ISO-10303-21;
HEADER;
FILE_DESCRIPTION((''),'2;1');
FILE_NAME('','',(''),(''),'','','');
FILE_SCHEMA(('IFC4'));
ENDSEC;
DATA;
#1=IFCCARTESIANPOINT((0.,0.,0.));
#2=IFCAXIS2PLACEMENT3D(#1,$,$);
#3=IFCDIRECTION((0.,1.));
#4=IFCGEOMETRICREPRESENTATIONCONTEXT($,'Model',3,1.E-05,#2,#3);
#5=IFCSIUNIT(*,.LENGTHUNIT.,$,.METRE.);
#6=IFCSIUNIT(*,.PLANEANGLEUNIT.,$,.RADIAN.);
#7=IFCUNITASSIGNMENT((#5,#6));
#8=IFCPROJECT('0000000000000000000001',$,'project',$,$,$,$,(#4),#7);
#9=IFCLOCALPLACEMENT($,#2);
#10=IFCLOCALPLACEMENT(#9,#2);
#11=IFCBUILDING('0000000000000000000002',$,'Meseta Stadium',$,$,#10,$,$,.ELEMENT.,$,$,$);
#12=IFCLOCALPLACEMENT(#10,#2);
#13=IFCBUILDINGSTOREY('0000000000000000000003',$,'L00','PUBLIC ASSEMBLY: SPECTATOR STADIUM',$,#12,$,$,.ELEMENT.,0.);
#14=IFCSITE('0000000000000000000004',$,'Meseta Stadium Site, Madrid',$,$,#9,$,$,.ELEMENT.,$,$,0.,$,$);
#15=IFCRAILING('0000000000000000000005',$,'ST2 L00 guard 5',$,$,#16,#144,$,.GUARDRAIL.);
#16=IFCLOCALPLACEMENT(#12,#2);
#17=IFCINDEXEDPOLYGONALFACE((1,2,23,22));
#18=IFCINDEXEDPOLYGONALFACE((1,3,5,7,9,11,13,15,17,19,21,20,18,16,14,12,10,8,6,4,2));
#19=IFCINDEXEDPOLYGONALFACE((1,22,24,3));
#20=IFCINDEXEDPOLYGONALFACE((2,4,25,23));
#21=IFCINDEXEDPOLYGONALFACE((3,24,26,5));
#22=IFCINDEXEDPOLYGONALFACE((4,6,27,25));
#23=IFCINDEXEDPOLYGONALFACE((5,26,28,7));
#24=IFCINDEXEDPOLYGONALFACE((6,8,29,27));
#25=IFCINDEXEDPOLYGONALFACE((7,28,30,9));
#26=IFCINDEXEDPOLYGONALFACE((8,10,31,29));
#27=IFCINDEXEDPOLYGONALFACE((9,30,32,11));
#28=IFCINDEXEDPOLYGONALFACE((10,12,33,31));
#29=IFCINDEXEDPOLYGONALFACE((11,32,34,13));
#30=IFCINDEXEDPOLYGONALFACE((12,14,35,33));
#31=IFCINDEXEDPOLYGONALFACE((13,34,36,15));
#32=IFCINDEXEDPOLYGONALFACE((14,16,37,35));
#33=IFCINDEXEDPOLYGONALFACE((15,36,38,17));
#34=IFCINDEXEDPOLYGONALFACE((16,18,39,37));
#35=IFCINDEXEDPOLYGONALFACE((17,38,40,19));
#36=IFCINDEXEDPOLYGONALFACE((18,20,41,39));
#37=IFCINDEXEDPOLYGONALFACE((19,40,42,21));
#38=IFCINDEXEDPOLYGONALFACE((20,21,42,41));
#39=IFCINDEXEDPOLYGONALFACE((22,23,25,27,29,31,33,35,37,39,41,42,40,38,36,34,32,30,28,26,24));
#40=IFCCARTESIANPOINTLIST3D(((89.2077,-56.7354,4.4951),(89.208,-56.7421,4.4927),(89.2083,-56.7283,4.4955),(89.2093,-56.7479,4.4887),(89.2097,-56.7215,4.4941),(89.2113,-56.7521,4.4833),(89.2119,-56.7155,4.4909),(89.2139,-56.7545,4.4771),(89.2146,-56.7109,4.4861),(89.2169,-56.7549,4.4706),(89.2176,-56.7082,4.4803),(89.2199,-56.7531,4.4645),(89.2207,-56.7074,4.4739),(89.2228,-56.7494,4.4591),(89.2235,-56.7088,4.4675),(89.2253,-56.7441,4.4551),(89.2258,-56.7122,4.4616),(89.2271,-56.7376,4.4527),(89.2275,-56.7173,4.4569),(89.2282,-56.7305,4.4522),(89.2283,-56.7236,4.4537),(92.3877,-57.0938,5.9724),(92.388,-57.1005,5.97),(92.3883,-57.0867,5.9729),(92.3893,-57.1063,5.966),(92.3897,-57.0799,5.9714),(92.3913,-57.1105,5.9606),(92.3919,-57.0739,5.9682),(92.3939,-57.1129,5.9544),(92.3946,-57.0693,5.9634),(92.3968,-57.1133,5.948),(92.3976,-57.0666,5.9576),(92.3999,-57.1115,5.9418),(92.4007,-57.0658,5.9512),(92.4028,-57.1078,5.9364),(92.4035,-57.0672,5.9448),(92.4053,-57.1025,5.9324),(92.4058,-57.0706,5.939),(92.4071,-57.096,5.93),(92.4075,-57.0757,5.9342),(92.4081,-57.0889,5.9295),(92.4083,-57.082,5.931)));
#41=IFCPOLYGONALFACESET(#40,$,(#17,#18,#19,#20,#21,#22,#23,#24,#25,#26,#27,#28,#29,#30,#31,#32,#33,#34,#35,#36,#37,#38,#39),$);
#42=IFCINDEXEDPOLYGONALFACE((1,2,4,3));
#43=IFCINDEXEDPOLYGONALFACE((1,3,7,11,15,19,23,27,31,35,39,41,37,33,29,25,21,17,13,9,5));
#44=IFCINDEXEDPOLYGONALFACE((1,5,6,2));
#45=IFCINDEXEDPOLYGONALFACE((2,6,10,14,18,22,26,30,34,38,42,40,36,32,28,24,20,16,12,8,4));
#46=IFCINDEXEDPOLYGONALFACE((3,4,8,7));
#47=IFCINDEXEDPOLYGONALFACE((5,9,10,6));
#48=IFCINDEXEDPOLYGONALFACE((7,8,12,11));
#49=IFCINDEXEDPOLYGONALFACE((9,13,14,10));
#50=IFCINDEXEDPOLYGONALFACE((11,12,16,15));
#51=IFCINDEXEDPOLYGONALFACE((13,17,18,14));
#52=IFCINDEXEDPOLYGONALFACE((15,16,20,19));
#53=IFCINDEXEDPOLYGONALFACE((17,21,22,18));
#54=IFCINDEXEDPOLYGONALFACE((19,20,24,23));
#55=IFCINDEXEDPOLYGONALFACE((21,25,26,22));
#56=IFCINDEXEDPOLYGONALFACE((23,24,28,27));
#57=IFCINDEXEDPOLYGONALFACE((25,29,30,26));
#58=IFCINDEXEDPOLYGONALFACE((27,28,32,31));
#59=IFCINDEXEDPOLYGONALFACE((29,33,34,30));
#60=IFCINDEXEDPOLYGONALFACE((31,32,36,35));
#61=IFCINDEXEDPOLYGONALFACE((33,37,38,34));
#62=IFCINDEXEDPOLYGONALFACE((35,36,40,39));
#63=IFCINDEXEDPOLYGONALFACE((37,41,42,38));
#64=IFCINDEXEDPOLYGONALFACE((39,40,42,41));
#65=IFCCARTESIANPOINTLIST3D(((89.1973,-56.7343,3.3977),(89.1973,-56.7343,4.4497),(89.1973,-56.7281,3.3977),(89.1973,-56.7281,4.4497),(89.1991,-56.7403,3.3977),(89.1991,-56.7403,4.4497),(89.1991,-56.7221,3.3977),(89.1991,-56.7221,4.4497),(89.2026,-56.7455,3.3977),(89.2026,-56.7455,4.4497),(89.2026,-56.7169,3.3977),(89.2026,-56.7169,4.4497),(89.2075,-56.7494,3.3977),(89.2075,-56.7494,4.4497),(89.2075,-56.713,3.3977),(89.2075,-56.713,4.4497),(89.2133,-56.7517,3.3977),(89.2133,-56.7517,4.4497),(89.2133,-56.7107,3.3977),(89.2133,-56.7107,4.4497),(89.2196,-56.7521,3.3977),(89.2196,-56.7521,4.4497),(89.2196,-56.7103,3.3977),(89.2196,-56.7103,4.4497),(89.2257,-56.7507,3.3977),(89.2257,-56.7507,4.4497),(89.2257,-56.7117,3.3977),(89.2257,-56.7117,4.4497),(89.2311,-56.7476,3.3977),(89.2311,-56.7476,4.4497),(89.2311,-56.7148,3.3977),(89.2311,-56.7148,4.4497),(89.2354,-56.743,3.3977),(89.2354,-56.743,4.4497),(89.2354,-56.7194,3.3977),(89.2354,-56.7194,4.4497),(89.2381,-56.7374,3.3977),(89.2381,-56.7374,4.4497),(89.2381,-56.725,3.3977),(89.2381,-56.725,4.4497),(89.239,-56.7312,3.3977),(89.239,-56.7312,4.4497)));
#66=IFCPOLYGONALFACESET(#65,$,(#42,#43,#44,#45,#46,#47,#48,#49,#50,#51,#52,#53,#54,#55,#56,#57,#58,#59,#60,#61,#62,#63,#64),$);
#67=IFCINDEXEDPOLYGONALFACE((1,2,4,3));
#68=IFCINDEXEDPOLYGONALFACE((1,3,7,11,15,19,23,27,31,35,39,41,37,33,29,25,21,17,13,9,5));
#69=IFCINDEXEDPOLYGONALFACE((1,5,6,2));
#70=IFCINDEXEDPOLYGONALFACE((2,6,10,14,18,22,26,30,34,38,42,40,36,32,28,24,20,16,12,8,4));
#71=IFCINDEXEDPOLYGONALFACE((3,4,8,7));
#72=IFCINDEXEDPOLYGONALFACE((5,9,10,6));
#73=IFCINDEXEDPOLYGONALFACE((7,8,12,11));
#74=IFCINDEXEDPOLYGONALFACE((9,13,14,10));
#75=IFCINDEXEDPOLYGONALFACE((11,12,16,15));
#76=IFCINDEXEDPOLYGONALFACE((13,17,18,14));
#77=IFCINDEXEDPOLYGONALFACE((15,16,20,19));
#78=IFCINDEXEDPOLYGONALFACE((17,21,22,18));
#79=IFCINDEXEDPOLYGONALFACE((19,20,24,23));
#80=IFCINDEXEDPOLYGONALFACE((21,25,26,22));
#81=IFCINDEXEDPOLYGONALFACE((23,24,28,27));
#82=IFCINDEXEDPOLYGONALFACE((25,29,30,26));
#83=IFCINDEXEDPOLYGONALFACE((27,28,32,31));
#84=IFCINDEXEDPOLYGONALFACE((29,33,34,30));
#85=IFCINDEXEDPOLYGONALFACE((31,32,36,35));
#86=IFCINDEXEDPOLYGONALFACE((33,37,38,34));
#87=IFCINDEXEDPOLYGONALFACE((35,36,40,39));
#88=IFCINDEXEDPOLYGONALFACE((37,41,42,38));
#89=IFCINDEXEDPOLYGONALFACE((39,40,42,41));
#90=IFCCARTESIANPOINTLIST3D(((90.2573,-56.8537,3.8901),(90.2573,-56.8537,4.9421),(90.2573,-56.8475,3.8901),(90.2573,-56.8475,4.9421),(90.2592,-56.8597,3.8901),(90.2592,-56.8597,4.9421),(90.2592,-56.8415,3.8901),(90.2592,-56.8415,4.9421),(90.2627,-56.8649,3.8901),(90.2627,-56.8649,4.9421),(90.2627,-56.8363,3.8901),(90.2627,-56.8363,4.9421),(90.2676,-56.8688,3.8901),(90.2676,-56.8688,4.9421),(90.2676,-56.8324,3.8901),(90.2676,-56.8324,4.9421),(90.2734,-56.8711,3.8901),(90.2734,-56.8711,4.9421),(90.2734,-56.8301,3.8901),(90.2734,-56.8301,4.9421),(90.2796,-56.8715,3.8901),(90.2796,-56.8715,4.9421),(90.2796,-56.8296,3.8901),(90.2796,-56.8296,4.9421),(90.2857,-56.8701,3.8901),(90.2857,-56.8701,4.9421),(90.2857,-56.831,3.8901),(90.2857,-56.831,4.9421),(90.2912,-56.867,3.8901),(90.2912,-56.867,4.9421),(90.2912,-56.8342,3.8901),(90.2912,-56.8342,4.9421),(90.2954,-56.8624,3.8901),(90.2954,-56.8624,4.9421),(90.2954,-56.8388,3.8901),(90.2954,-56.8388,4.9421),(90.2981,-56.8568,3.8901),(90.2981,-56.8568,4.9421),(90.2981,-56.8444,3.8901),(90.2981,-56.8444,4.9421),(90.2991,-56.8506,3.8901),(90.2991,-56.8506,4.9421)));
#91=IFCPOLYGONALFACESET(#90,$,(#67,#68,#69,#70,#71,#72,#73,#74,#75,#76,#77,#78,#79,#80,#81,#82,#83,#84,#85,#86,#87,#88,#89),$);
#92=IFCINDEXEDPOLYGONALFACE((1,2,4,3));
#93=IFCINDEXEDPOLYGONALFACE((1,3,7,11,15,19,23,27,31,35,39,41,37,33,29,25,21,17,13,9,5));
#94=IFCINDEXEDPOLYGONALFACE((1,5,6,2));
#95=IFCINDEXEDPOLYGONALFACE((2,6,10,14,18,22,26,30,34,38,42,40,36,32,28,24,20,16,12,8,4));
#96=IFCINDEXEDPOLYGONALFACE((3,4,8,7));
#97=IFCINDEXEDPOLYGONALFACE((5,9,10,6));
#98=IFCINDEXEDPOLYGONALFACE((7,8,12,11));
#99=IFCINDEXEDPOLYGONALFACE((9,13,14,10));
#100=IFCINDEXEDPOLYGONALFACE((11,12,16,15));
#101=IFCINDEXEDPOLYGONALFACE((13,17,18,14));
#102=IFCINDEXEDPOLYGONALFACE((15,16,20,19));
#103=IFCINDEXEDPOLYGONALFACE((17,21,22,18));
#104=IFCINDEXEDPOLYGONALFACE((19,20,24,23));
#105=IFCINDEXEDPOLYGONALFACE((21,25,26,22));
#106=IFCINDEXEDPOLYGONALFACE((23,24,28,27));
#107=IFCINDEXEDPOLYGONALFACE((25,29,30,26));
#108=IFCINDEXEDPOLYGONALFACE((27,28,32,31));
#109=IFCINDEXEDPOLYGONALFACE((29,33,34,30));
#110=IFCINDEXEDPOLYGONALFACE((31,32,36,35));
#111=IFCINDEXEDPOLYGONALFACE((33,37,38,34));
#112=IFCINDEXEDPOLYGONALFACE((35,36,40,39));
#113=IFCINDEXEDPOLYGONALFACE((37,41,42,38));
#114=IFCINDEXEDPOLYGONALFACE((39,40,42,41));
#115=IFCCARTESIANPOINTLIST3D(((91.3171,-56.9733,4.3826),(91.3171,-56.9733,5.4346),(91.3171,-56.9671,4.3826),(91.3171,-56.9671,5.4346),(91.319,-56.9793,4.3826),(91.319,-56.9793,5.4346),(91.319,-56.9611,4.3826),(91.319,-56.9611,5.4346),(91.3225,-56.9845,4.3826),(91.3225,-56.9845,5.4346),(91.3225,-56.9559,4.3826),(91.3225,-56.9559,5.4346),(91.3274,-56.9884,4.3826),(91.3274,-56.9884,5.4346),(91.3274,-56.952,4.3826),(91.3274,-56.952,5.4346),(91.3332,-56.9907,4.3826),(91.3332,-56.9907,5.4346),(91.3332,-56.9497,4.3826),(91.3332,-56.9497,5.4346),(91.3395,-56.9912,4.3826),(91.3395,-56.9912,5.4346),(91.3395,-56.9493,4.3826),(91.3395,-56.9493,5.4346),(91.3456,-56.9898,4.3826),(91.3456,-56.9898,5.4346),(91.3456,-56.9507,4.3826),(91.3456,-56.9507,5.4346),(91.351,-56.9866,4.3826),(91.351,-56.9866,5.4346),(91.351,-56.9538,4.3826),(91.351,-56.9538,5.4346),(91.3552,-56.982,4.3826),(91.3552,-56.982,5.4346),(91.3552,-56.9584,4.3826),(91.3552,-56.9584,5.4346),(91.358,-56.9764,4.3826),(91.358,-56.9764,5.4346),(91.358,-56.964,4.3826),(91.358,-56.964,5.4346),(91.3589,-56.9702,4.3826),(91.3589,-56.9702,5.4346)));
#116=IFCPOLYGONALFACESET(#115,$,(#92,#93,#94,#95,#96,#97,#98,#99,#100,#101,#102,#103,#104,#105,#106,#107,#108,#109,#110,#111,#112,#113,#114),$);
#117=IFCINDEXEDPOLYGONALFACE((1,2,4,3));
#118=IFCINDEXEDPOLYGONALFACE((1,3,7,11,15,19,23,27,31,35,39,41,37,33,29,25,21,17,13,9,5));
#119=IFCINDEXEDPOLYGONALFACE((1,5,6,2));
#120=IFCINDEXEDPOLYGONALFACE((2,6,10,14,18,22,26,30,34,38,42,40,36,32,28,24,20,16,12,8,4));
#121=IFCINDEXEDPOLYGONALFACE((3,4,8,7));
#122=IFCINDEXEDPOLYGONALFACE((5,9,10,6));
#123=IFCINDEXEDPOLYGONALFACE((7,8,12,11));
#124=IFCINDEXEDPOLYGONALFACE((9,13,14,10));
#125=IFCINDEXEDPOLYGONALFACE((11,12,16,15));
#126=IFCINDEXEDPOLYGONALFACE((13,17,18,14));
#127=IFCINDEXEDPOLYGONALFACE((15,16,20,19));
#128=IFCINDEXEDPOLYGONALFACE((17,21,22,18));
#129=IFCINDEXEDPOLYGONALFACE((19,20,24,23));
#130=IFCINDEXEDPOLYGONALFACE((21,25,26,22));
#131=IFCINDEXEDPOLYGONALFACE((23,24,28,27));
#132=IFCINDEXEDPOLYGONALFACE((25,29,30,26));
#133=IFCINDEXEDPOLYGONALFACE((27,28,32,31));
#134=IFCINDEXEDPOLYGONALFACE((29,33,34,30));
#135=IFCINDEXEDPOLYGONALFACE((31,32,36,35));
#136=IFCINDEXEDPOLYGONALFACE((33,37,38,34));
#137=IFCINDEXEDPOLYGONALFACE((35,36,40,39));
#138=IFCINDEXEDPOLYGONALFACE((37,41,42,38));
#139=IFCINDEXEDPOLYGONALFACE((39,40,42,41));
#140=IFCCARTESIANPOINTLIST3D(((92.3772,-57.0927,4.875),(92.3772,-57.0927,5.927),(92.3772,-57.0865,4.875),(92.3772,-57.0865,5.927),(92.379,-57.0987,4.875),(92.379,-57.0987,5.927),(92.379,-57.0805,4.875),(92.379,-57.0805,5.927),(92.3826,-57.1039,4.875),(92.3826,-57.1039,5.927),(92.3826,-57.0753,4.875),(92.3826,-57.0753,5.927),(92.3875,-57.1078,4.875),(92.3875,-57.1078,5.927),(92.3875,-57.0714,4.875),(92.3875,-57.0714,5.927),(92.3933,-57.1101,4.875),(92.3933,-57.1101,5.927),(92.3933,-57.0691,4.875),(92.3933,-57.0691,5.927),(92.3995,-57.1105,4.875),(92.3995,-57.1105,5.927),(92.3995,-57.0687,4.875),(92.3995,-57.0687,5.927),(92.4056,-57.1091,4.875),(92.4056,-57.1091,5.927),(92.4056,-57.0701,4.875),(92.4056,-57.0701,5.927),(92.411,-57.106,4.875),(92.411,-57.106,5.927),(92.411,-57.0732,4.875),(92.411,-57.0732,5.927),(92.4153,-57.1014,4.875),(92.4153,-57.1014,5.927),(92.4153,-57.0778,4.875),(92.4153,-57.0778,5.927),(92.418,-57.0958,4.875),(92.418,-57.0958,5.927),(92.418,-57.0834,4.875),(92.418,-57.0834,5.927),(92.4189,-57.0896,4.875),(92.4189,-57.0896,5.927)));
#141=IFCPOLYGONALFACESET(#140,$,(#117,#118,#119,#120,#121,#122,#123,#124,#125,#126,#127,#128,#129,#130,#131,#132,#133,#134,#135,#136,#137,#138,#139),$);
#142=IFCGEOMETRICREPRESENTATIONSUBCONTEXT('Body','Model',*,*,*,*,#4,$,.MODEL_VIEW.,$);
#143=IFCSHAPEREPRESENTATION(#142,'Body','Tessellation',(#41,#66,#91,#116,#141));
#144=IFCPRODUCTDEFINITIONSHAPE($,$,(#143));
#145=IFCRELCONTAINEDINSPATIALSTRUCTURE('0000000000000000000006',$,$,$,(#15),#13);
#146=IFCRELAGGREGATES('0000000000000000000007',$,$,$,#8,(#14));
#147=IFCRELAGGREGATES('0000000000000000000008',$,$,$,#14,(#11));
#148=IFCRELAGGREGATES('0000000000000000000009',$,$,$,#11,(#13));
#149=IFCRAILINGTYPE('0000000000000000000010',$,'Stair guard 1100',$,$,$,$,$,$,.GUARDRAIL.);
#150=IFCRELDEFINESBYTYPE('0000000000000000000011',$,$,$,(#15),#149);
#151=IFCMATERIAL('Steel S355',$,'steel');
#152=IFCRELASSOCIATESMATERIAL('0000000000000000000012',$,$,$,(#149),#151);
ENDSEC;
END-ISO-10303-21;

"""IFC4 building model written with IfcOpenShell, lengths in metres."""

from ifc_helpers import new_model, si_unit, direction, frame, origin, origin_2d, place, context, subcontext, project, spatial, circle, extrude, material, type_object, element, save


model = new_model("IFC4")

# Units and contexts
model_context = context("Model", 3, precision=1e-05, world=origin(), true_north=direction((0.0, 1.0)))
body_context = subcontext(model_context, "Body", "Model", "MODEL_VIEW")
ifc_project = project(units=[si_unit("LENGTHUNIT", "METRE"), si_unit("PLANEANGLEUNIT", "RADIAN")], contexts=[model_context])

# Site, building, storey
site_placement = place(None, origin())
site = spatial("IfcSite", under=ifc_project, at=site_placement, Name="Meseta Stadium Site, Madrid", CompositionType="ELEMENT", RefElevation=0.0)
building_placement = place(site_placement, origin())
building = spatial("IfcBuilding", under=site, at=building_placement, Name="Meseta Stadium", CompositionType="ELEMENT")
storey_placement = place(building_placement, origin())
storey = spatial("IfcBuildingStorey", under=building, at=storey_placement, Name="L00", Description="PUBLIC ASSEMBLY: SPECTATOR STADIUM", CompositionType="ELEMENT", Elevation=0.0)

# Railing
ifc_material_1 = material(Name="Steel S355", Category="steel")
railing_type_1 = type_object("IfcRailingType", Name="Stair guard 1100", PredefinedType="GUARDRAIL", material=ifc_material_1)
railing_1_placement = place(storey_placement, frame((89.218, -56.7312, 3.3977)))
element("IfcRailing", 1, at=railing_1_placement, inside=storey, type_object=railing_type_1, Name="ST2 L00 guard 5", PredefinedType="GUARDRAIL", context=body_context, shape_type="SweptSolid", body=[
    extrude(circle(Radius=0.0239, at=origin_2d()), frame((0.0, 0.0, 1.0762), z_axis=(0.90221, -0.101685, 0.419138), x_axis=(0.111997, 0.993709, 0.0)), (0.0, 0.0, 1.0), 3.5247),
    extrude(circle(Radius=0.021, at=origin_2d()), origin(), (0.0, 0.0, 1.0), 1.052),
    extrude(circle(Radius=0.021, at=origin_2d()), frame((1.0601, -0.1194, 0.4924)), (0.0, 0.0, 1.0), 1.052),
    extrude(circle(Radius=0.021, at=origin_2d()), frame((2.1199, -0.239, 0.9849)), (0.0, 0.0, 1.0), 1.052),
    extrude(circle(Radius=0.021, at=origin_2d()), frame((3.1799, -0.3584, 1.4773)), (0.0, 0.0, 1.0), 1.052),
])

save(model, "model.ifc")
